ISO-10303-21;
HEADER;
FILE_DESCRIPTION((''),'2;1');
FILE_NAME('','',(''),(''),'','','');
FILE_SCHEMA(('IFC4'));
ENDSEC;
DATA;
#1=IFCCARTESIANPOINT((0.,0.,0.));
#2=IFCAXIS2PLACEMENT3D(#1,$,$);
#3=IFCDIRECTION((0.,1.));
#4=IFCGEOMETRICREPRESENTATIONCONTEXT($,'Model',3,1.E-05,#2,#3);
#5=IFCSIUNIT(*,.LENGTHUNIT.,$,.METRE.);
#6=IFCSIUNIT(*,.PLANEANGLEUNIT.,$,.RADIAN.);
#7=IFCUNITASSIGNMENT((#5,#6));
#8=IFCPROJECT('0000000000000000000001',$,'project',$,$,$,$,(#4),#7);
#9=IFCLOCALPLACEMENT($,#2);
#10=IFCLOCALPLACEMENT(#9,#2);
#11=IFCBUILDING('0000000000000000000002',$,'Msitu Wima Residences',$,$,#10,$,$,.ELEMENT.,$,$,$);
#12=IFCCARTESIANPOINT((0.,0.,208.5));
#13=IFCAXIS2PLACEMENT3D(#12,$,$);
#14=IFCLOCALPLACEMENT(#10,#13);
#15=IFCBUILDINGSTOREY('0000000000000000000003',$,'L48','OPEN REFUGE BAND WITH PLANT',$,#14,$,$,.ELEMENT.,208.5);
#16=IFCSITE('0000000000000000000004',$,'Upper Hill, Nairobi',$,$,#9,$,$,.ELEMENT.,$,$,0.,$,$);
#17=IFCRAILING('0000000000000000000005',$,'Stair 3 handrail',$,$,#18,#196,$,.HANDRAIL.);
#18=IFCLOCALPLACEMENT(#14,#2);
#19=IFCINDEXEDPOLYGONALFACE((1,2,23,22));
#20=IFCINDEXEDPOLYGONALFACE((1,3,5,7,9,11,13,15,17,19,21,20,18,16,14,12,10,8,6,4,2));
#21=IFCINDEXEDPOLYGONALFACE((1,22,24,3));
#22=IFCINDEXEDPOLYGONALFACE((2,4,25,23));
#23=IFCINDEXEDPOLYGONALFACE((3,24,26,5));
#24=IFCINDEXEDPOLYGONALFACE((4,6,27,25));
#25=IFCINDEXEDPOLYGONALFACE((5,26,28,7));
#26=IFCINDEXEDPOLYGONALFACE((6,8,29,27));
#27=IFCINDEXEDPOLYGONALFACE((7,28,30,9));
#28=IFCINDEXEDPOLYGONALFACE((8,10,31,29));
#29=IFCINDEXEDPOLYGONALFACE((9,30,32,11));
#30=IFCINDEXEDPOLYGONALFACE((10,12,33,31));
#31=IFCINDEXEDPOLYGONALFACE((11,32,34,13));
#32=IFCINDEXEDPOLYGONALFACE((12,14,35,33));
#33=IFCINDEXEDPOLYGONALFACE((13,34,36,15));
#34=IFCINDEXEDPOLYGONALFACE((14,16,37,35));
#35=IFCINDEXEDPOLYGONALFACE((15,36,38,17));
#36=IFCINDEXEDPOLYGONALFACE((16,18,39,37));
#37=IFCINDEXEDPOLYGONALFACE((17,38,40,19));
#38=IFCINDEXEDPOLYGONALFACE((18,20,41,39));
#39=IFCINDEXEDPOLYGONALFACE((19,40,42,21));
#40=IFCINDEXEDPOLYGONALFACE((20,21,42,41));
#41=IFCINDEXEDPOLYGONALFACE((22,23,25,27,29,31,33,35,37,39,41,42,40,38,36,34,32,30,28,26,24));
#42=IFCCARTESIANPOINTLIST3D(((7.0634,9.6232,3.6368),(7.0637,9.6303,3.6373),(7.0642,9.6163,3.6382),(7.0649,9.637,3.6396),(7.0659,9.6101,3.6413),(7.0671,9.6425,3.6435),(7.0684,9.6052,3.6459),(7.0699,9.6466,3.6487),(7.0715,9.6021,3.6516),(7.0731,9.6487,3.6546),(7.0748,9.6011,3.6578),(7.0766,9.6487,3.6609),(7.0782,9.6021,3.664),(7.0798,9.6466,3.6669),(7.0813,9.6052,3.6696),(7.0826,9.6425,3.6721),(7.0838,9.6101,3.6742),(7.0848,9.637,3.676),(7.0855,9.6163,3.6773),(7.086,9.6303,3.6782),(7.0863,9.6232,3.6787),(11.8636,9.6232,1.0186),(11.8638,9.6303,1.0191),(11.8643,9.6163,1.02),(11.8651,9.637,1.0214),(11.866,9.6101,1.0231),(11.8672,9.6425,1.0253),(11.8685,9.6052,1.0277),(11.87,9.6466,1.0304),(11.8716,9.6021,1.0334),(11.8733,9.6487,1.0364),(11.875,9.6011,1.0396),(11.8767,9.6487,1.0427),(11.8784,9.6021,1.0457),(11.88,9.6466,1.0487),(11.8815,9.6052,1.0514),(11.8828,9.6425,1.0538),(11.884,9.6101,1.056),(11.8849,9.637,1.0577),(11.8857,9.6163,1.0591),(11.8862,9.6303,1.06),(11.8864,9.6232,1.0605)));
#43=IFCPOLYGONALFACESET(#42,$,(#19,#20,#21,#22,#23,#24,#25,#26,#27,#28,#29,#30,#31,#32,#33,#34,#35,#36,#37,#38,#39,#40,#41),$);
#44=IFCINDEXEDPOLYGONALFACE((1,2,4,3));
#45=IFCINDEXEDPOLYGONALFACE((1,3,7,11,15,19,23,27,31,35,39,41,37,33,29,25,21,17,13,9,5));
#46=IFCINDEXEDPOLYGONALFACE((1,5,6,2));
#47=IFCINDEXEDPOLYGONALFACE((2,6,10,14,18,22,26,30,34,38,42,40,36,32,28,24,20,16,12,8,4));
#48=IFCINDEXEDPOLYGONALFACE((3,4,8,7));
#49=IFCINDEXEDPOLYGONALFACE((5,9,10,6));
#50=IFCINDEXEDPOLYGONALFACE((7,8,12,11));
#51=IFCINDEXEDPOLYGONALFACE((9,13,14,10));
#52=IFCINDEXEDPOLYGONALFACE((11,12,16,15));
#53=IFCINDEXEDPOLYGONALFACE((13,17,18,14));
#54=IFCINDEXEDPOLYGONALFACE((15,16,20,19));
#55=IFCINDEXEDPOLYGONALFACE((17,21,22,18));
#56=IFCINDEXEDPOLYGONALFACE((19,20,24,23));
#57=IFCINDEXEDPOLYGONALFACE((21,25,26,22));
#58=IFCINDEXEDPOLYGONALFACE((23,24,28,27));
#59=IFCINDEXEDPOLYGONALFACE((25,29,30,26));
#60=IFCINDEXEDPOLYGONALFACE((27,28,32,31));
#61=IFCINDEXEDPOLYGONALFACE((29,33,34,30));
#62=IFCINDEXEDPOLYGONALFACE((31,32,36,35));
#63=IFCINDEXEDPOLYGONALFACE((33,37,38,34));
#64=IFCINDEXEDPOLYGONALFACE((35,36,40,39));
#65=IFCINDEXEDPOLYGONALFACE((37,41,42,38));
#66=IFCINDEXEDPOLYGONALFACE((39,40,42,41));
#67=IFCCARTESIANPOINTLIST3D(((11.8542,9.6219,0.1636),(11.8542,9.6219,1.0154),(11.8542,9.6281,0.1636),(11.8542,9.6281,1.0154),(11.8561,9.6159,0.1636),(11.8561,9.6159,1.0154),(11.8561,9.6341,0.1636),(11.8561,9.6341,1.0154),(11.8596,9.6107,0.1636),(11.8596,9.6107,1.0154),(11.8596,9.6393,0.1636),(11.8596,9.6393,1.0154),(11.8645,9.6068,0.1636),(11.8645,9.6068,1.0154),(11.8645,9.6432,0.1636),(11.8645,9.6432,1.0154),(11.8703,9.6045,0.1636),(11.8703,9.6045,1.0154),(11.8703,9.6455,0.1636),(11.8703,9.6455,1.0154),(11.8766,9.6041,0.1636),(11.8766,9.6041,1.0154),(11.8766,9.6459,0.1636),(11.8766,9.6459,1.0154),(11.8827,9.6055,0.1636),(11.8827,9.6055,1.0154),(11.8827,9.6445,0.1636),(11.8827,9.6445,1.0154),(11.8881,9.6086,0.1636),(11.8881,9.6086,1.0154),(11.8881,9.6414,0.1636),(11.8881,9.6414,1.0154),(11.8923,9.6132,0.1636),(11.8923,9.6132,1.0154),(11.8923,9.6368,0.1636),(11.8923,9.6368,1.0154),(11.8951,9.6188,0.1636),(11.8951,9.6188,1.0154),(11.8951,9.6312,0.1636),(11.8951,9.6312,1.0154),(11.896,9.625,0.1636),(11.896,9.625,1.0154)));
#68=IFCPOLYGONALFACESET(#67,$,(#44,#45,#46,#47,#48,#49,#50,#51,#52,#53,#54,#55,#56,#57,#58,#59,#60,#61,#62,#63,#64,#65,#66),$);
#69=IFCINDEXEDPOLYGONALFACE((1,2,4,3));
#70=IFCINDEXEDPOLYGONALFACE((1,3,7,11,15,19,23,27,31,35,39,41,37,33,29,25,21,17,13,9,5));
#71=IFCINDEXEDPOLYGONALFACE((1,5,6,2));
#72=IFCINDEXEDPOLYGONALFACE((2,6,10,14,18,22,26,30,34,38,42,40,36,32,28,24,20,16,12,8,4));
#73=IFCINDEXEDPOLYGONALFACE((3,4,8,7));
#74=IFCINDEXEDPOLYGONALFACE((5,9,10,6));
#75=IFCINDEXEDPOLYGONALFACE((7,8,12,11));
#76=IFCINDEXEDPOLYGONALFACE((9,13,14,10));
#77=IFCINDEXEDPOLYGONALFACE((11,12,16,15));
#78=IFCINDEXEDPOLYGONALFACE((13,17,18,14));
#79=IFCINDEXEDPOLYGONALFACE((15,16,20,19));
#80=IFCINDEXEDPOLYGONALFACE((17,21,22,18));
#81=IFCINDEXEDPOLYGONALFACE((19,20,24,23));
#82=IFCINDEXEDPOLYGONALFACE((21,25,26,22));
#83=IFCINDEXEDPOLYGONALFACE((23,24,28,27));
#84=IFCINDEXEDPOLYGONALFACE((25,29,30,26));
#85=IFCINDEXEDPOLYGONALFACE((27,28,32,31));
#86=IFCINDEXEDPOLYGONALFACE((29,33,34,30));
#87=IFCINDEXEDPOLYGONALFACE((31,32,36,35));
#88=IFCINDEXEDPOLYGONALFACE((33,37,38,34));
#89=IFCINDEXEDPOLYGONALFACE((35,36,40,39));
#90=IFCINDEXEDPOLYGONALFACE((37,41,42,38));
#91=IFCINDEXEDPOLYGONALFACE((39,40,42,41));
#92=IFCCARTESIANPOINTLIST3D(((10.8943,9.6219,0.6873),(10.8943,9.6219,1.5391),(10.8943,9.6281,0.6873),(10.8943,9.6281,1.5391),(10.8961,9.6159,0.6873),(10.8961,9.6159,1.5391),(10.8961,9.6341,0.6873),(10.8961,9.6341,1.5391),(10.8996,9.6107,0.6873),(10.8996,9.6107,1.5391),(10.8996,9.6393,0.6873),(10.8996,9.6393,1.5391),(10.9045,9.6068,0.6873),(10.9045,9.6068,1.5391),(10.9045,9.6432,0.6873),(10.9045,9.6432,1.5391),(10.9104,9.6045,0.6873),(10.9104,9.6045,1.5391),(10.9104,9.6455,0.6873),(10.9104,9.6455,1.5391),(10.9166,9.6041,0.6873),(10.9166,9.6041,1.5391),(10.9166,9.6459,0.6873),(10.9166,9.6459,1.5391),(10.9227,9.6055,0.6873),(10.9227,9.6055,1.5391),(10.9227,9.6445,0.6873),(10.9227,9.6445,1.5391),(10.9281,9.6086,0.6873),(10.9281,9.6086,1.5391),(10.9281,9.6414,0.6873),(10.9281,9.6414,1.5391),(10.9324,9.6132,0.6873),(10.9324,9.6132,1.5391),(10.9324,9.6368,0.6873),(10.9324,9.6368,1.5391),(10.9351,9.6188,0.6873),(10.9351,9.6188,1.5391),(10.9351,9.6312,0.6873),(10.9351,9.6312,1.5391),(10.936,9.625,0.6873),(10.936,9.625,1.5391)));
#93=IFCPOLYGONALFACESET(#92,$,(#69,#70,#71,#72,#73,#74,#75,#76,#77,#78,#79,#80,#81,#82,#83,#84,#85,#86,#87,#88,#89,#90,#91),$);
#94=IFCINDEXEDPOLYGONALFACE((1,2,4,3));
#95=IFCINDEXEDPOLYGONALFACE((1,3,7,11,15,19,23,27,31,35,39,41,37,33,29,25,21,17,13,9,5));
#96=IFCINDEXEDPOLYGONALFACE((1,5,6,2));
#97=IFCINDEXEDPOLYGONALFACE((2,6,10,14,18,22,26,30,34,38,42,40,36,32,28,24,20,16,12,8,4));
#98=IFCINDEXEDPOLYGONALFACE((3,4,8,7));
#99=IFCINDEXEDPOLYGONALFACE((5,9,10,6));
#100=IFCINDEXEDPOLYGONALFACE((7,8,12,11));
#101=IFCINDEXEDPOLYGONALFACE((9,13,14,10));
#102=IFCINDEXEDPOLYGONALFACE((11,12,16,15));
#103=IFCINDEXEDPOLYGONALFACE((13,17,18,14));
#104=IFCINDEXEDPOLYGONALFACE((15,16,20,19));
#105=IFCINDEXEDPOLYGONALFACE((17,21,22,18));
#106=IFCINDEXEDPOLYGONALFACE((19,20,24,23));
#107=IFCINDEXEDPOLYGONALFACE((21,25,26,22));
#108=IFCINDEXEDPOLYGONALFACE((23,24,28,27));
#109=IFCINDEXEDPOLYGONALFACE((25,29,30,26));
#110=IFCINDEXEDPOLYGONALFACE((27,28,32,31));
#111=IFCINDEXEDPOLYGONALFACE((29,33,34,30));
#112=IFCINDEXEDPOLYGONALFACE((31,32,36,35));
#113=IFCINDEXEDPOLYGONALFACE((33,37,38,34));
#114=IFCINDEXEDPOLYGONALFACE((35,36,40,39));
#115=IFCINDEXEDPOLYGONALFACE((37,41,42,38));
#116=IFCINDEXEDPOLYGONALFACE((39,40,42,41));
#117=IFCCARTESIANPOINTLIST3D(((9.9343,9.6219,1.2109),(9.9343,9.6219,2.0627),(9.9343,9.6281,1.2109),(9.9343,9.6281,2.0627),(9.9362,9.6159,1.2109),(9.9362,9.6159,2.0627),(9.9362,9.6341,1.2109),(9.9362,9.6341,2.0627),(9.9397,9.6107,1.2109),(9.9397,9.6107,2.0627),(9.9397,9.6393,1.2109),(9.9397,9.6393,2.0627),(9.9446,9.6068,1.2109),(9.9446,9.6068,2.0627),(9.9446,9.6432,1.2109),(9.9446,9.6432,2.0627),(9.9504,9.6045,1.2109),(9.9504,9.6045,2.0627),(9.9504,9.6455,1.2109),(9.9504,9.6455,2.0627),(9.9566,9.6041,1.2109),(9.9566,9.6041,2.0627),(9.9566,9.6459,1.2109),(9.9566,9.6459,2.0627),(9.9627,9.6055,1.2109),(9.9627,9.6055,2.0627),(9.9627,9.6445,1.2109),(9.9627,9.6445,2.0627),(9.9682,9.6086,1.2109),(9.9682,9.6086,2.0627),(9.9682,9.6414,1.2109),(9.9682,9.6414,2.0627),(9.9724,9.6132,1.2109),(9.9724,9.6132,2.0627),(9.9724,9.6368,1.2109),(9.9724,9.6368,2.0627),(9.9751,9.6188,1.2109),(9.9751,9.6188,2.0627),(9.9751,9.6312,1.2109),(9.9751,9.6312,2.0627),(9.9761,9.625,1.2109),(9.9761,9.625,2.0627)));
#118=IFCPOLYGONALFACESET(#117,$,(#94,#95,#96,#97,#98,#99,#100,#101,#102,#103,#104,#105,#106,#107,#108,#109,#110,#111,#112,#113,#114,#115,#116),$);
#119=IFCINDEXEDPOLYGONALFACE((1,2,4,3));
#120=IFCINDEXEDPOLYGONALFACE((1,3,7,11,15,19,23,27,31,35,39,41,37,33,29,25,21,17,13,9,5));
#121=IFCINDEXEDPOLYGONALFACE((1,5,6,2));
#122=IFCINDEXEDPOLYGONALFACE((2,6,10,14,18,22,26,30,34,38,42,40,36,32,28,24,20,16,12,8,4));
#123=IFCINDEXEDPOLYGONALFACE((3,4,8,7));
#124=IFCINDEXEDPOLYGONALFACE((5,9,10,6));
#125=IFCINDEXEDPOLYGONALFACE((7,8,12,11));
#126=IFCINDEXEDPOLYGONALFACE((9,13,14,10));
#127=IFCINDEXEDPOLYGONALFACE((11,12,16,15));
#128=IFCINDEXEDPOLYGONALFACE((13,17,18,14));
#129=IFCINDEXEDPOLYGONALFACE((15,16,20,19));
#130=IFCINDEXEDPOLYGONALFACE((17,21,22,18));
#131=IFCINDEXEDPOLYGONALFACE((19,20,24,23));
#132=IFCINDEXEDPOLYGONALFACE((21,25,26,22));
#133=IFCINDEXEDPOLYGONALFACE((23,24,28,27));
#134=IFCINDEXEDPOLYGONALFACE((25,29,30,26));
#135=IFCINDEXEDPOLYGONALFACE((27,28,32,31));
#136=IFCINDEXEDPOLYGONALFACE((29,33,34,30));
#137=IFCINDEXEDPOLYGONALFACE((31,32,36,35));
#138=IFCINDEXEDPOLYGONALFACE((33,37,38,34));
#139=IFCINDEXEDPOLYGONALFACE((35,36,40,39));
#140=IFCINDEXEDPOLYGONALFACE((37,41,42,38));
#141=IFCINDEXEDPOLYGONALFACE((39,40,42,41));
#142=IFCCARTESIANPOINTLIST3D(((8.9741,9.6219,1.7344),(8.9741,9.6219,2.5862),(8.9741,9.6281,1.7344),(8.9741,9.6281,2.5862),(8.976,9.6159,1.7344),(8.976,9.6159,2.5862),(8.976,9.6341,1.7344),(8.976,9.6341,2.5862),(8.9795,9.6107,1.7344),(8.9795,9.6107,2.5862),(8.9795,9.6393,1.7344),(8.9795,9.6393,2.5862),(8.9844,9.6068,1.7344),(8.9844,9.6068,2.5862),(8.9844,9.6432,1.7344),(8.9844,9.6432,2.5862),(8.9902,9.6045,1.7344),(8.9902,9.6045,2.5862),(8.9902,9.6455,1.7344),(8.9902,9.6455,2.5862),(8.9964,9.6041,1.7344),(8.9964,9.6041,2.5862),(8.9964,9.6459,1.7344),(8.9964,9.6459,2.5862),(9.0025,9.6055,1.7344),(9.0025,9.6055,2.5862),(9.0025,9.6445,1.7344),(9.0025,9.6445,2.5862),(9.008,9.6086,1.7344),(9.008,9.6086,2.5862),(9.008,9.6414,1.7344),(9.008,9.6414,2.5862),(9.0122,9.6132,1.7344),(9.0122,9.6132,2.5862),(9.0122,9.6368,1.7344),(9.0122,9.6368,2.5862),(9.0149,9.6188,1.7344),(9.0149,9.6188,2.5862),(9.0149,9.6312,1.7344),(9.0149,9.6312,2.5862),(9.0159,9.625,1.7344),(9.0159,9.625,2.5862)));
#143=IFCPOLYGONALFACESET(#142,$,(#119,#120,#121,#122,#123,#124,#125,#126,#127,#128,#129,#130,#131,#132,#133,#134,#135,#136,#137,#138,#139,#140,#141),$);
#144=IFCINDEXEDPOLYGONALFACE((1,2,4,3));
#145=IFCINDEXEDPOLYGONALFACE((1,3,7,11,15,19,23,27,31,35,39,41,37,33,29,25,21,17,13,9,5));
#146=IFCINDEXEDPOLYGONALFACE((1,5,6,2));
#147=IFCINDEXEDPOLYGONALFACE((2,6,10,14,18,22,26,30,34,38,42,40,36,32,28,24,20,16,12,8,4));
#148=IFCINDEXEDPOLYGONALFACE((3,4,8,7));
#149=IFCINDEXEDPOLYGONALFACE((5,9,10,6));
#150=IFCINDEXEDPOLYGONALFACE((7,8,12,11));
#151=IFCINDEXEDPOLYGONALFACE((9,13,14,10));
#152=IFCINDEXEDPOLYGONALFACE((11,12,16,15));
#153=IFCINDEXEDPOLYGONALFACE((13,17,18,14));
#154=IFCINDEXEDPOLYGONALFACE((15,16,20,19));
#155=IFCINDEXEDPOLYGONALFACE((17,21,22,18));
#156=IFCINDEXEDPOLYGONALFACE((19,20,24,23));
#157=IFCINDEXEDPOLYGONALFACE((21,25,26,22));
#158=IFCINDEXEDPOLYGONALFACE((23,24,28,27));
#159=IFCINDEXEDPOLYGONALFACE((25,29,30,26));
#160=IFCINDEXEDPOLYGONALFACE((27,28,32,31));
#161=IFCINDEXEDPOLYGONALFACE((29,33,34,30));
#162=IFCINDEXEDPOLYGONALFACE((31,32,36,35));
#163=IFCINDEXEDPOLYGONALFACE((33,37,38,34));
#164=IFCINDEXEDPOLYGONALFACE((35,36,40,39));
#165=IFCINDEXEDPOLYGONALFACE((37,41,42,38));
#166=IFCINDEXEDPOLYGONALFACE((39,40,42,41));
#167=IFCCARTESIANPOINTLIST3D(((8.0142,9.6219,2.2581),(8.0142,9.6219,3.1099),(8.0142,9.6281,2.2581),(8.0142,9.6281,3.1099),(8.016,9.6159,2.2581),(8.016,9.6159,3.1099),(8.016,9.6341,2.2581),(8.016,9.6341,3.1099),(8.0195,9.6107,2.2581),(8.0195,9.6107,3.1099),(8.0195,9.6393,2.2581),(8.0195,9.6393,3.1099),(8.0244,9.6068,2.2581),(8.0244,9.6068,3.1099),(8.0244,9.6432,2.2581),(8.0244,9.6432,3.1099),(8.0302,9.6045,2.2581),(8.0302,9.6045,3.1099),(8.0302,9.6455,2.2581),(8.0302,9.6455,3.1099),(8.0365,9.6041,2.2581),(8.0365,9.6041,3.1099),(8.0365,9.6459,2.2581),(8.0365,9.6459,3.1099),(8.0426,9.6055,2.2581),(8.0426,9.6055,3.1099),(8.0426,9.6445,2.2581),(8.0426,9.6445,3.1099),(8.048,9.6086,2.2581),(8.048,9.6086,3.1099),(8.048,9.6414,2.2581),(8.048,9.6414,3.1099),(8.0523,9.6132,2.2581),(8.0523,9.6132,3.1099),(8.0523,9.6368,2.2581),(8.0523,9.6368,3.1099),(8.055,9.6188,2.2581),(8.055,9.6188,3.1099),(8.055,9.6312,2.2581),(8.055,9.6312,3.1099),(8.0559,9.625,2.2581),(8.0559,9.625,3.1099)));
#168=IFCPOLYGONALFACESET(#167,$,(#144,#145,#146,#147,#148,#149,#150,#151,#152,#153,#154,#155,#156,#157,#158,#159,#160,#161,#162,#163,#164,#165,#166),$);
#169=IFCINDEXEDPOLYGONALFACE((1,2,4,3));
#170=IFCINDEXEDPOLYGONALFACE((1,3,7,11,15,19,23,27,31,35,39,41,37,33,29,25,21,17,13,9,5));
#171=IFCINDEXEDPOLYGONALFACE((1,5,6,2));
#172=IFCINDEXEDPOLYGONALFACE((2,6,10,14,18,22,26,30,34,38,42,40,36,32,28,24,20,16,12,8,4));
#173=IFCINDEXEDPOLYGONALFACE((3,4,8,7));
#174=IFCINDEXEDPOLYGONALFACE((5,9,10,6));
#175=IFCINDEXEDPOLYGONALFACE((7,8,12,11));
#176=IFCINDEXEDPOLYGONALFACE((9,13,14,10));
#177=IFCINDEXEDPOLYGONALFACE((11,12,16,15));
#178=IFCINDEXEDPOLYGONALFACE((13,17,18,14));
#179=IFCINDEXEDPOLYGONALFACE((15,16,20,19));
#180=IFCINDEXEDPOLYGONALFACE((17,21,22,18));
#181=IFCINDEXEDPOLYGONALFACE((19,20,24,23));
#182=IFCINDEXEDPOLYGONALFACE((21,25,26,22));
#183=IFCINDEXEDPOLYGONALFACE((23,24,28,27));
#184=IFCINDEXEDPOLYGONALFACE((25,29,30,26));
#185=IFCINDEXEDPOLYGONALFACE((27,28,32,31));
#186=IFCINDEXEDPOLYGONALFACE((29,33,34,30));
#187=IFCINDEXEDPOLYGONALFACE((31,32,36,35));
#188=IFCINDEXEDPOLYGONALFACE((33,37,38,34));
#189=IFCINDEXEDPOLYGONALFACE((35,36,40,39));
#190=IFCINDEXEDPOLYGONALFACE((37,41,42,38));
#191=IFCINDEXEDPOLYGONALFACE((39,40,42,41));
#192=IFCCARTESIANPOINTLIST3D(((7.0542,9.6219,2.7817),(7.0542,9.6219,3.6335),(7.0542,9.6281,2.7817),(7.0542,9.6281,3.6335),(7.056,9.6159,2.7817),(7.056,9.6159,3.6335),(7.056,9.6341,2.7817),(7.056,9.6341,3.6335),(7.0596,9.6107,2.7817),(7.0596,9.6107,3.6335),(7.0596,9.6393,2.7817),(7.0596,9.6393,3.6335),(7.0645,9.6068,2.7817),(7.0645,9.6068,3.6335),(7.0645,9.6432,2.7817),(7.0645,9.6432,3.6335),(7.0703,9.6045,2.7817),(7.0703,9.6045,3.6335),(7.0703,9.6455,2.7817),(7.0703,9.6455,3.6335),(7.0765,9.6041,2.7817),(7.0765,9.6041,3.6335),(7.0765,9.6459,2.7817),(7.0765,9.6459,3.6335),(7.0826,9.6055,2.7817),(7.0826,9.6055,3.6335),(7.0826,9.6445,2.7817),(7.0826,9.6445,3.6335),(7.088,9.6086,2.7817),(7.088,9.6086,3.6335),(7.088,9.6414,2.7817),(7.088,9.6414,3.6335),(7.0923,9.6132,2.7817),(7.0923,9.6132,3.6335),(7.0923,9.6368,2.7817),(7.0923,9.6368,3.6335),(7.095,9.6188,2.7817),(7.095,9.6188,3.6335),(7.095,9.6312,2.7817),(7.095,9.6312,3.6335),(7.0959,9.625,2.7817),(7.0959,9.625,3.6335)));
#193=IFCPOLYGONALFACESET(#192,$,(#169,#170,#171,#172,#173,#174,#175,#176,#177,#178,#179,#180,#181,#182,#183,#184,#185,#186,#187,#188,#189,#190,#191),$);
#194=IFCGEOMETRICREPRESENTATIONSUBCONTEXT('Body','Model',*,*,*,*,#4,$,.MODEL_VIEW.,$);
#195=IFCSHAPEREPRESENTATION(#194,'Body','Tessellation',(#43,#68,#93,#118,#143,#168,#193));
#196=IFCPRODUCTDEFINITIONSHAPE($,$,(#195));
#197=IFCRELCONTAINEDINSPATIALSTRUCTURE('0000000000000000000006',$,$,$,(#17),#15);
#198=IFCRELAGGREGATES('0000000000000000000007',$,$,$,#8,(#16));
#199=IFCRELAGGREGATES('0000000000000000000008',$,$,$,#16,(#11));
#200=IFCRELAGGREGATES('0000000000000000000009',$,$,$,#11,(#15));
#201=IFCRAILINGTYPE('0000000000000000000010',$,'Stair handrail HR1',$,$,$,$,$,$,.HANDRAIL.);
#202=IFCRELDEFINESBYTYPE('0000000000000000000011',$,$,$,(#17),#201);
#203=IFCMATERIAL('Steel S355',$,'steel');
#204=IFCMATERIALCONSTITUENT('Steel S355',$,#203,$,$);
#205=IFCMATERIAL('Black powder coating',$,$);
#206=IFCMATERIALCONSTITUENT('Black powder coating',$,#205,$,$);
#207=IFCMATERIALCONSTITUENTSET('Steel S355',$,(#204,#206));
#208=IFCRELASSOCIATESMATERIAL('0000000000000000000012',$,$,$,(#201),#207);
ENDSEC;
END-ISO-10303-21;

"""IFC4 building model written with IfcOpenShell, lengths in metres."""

from ifc_helpers import new_model, si_unit, direction, frame, origin, origin_2d, place, context, subcontext, project, spatial, circle, extrude, material, constituent, constituent_set, type_object, element, save


model = new_model("IFC4")

# Units and contexts
model_context = context("Model", 3, precision=1e-05, world=origin(), true_north=direction((0.0, 1.0)))
body_context = subcontext(model_context, "Body", "Model", "MODEL_VIEW")
ifc_project = project(units=[si_unit("LENGTHUNIT", "METRE"), si_unit("PLANEANGLEUNIT", "RADIAN")], contexts=[model_context])

# Site, building, storey
site_placement = place(None, origin())
site = spatial("IfcSite", under=ifc_project, at=site_placement, Name="Upper Hill, Nairobi", CompositionType="ELEMENT", RefElevation=0.0)
building_placement = place(site_placement, origin())
building = spatial("IfcBuilding", under=site, at=building_placement, Name="Msitu Wima Residences", CompositionType="ELEMENT")
storey_placement = place(building_placement, frame((0.0, 0.0, 208.5)))
storey = spatial("IfcBuildingStorey", under=building, at=storey_placement, Name="L48", Description="OPEN REFUGE BAND WITH PLANT", CompositionType="ELEMENT", Elevation=208.5)

# Railing
ifc_material_1 = material(Name="Steel S355", Category="steel")
ifc_constituent_1 = constituent(ifc_material_1, Name="Steel S355")
ifc_material_2 = material(Name="Black powder coating")
ifc_constituent_2 = constituent(ifc_material_2, Name="Black powder coating")
ifc_constituent_set_1 = constituent_set(constituents=[ifc_constituent_1, ifc_constituent_2], Name="Steel S355")
railing_type_1 = type_object("IfcRailingType", Name="Stair handrail HR1", PredefinedType="HANDRAIL", material=ifc_constituent_set_1)
for number, where, name in (
    (1, (11.875, 9.625, 0.1636), "Stair 3 handrail"),
):
    element("IfcRailing", number, at=place(storey_placement, frame(where)), inside=storey, type_object=railing_type_1, Name=name, PredefinedType="HANDRAIL", context=body_context, shape_type="SweptSolid", body=[
        extrude(circle(Radius=0.0239, at=origin_2d()), frame((0.0, 0.0, 0.876), z_axis=(-0.877899, 0.0, 0.478846), x_axis=(0.0, -1.0, 0.0)), (0.0, 0.0, 1.0), 5.4678),
        extrude(circle(Radius=0.021, at=origin_2d()), origin(), (0.0, 0.0, 1.0), 0.8518),
        extrude(circle(Radius=0.021, at=origin_2d()), frame((-0.96, 0.0, 0.5237)), (0.0, 0.0, 1.0), 0.8518),
        extrude(circle(Radius=0.021, at=origin_2d()), frame((-1.9199, 0.0, 1.0474)), (0.0, 0.0, 1.0), 0.8518),
        extrude(circle(Radius=0.021, at=origin_2d()), frame((-2.8801, 0.0, 1.5708)), (0.0, 0.0, 1.0), 0.8518),
        extrude(circle(Radius=0.021, at=origin_2d()), frame((-3.8401, 0.0, 2.0945)), (0.0, 0.0, 1.0), 0.8518),
        extrude(circle(Radius=0.021, at=origin_2d()), frame((-4.8, 0.0, 2.6182)), (0.0, 0.0, 1.0), 0.8518),
    ])

save(model, "model.ifc")
